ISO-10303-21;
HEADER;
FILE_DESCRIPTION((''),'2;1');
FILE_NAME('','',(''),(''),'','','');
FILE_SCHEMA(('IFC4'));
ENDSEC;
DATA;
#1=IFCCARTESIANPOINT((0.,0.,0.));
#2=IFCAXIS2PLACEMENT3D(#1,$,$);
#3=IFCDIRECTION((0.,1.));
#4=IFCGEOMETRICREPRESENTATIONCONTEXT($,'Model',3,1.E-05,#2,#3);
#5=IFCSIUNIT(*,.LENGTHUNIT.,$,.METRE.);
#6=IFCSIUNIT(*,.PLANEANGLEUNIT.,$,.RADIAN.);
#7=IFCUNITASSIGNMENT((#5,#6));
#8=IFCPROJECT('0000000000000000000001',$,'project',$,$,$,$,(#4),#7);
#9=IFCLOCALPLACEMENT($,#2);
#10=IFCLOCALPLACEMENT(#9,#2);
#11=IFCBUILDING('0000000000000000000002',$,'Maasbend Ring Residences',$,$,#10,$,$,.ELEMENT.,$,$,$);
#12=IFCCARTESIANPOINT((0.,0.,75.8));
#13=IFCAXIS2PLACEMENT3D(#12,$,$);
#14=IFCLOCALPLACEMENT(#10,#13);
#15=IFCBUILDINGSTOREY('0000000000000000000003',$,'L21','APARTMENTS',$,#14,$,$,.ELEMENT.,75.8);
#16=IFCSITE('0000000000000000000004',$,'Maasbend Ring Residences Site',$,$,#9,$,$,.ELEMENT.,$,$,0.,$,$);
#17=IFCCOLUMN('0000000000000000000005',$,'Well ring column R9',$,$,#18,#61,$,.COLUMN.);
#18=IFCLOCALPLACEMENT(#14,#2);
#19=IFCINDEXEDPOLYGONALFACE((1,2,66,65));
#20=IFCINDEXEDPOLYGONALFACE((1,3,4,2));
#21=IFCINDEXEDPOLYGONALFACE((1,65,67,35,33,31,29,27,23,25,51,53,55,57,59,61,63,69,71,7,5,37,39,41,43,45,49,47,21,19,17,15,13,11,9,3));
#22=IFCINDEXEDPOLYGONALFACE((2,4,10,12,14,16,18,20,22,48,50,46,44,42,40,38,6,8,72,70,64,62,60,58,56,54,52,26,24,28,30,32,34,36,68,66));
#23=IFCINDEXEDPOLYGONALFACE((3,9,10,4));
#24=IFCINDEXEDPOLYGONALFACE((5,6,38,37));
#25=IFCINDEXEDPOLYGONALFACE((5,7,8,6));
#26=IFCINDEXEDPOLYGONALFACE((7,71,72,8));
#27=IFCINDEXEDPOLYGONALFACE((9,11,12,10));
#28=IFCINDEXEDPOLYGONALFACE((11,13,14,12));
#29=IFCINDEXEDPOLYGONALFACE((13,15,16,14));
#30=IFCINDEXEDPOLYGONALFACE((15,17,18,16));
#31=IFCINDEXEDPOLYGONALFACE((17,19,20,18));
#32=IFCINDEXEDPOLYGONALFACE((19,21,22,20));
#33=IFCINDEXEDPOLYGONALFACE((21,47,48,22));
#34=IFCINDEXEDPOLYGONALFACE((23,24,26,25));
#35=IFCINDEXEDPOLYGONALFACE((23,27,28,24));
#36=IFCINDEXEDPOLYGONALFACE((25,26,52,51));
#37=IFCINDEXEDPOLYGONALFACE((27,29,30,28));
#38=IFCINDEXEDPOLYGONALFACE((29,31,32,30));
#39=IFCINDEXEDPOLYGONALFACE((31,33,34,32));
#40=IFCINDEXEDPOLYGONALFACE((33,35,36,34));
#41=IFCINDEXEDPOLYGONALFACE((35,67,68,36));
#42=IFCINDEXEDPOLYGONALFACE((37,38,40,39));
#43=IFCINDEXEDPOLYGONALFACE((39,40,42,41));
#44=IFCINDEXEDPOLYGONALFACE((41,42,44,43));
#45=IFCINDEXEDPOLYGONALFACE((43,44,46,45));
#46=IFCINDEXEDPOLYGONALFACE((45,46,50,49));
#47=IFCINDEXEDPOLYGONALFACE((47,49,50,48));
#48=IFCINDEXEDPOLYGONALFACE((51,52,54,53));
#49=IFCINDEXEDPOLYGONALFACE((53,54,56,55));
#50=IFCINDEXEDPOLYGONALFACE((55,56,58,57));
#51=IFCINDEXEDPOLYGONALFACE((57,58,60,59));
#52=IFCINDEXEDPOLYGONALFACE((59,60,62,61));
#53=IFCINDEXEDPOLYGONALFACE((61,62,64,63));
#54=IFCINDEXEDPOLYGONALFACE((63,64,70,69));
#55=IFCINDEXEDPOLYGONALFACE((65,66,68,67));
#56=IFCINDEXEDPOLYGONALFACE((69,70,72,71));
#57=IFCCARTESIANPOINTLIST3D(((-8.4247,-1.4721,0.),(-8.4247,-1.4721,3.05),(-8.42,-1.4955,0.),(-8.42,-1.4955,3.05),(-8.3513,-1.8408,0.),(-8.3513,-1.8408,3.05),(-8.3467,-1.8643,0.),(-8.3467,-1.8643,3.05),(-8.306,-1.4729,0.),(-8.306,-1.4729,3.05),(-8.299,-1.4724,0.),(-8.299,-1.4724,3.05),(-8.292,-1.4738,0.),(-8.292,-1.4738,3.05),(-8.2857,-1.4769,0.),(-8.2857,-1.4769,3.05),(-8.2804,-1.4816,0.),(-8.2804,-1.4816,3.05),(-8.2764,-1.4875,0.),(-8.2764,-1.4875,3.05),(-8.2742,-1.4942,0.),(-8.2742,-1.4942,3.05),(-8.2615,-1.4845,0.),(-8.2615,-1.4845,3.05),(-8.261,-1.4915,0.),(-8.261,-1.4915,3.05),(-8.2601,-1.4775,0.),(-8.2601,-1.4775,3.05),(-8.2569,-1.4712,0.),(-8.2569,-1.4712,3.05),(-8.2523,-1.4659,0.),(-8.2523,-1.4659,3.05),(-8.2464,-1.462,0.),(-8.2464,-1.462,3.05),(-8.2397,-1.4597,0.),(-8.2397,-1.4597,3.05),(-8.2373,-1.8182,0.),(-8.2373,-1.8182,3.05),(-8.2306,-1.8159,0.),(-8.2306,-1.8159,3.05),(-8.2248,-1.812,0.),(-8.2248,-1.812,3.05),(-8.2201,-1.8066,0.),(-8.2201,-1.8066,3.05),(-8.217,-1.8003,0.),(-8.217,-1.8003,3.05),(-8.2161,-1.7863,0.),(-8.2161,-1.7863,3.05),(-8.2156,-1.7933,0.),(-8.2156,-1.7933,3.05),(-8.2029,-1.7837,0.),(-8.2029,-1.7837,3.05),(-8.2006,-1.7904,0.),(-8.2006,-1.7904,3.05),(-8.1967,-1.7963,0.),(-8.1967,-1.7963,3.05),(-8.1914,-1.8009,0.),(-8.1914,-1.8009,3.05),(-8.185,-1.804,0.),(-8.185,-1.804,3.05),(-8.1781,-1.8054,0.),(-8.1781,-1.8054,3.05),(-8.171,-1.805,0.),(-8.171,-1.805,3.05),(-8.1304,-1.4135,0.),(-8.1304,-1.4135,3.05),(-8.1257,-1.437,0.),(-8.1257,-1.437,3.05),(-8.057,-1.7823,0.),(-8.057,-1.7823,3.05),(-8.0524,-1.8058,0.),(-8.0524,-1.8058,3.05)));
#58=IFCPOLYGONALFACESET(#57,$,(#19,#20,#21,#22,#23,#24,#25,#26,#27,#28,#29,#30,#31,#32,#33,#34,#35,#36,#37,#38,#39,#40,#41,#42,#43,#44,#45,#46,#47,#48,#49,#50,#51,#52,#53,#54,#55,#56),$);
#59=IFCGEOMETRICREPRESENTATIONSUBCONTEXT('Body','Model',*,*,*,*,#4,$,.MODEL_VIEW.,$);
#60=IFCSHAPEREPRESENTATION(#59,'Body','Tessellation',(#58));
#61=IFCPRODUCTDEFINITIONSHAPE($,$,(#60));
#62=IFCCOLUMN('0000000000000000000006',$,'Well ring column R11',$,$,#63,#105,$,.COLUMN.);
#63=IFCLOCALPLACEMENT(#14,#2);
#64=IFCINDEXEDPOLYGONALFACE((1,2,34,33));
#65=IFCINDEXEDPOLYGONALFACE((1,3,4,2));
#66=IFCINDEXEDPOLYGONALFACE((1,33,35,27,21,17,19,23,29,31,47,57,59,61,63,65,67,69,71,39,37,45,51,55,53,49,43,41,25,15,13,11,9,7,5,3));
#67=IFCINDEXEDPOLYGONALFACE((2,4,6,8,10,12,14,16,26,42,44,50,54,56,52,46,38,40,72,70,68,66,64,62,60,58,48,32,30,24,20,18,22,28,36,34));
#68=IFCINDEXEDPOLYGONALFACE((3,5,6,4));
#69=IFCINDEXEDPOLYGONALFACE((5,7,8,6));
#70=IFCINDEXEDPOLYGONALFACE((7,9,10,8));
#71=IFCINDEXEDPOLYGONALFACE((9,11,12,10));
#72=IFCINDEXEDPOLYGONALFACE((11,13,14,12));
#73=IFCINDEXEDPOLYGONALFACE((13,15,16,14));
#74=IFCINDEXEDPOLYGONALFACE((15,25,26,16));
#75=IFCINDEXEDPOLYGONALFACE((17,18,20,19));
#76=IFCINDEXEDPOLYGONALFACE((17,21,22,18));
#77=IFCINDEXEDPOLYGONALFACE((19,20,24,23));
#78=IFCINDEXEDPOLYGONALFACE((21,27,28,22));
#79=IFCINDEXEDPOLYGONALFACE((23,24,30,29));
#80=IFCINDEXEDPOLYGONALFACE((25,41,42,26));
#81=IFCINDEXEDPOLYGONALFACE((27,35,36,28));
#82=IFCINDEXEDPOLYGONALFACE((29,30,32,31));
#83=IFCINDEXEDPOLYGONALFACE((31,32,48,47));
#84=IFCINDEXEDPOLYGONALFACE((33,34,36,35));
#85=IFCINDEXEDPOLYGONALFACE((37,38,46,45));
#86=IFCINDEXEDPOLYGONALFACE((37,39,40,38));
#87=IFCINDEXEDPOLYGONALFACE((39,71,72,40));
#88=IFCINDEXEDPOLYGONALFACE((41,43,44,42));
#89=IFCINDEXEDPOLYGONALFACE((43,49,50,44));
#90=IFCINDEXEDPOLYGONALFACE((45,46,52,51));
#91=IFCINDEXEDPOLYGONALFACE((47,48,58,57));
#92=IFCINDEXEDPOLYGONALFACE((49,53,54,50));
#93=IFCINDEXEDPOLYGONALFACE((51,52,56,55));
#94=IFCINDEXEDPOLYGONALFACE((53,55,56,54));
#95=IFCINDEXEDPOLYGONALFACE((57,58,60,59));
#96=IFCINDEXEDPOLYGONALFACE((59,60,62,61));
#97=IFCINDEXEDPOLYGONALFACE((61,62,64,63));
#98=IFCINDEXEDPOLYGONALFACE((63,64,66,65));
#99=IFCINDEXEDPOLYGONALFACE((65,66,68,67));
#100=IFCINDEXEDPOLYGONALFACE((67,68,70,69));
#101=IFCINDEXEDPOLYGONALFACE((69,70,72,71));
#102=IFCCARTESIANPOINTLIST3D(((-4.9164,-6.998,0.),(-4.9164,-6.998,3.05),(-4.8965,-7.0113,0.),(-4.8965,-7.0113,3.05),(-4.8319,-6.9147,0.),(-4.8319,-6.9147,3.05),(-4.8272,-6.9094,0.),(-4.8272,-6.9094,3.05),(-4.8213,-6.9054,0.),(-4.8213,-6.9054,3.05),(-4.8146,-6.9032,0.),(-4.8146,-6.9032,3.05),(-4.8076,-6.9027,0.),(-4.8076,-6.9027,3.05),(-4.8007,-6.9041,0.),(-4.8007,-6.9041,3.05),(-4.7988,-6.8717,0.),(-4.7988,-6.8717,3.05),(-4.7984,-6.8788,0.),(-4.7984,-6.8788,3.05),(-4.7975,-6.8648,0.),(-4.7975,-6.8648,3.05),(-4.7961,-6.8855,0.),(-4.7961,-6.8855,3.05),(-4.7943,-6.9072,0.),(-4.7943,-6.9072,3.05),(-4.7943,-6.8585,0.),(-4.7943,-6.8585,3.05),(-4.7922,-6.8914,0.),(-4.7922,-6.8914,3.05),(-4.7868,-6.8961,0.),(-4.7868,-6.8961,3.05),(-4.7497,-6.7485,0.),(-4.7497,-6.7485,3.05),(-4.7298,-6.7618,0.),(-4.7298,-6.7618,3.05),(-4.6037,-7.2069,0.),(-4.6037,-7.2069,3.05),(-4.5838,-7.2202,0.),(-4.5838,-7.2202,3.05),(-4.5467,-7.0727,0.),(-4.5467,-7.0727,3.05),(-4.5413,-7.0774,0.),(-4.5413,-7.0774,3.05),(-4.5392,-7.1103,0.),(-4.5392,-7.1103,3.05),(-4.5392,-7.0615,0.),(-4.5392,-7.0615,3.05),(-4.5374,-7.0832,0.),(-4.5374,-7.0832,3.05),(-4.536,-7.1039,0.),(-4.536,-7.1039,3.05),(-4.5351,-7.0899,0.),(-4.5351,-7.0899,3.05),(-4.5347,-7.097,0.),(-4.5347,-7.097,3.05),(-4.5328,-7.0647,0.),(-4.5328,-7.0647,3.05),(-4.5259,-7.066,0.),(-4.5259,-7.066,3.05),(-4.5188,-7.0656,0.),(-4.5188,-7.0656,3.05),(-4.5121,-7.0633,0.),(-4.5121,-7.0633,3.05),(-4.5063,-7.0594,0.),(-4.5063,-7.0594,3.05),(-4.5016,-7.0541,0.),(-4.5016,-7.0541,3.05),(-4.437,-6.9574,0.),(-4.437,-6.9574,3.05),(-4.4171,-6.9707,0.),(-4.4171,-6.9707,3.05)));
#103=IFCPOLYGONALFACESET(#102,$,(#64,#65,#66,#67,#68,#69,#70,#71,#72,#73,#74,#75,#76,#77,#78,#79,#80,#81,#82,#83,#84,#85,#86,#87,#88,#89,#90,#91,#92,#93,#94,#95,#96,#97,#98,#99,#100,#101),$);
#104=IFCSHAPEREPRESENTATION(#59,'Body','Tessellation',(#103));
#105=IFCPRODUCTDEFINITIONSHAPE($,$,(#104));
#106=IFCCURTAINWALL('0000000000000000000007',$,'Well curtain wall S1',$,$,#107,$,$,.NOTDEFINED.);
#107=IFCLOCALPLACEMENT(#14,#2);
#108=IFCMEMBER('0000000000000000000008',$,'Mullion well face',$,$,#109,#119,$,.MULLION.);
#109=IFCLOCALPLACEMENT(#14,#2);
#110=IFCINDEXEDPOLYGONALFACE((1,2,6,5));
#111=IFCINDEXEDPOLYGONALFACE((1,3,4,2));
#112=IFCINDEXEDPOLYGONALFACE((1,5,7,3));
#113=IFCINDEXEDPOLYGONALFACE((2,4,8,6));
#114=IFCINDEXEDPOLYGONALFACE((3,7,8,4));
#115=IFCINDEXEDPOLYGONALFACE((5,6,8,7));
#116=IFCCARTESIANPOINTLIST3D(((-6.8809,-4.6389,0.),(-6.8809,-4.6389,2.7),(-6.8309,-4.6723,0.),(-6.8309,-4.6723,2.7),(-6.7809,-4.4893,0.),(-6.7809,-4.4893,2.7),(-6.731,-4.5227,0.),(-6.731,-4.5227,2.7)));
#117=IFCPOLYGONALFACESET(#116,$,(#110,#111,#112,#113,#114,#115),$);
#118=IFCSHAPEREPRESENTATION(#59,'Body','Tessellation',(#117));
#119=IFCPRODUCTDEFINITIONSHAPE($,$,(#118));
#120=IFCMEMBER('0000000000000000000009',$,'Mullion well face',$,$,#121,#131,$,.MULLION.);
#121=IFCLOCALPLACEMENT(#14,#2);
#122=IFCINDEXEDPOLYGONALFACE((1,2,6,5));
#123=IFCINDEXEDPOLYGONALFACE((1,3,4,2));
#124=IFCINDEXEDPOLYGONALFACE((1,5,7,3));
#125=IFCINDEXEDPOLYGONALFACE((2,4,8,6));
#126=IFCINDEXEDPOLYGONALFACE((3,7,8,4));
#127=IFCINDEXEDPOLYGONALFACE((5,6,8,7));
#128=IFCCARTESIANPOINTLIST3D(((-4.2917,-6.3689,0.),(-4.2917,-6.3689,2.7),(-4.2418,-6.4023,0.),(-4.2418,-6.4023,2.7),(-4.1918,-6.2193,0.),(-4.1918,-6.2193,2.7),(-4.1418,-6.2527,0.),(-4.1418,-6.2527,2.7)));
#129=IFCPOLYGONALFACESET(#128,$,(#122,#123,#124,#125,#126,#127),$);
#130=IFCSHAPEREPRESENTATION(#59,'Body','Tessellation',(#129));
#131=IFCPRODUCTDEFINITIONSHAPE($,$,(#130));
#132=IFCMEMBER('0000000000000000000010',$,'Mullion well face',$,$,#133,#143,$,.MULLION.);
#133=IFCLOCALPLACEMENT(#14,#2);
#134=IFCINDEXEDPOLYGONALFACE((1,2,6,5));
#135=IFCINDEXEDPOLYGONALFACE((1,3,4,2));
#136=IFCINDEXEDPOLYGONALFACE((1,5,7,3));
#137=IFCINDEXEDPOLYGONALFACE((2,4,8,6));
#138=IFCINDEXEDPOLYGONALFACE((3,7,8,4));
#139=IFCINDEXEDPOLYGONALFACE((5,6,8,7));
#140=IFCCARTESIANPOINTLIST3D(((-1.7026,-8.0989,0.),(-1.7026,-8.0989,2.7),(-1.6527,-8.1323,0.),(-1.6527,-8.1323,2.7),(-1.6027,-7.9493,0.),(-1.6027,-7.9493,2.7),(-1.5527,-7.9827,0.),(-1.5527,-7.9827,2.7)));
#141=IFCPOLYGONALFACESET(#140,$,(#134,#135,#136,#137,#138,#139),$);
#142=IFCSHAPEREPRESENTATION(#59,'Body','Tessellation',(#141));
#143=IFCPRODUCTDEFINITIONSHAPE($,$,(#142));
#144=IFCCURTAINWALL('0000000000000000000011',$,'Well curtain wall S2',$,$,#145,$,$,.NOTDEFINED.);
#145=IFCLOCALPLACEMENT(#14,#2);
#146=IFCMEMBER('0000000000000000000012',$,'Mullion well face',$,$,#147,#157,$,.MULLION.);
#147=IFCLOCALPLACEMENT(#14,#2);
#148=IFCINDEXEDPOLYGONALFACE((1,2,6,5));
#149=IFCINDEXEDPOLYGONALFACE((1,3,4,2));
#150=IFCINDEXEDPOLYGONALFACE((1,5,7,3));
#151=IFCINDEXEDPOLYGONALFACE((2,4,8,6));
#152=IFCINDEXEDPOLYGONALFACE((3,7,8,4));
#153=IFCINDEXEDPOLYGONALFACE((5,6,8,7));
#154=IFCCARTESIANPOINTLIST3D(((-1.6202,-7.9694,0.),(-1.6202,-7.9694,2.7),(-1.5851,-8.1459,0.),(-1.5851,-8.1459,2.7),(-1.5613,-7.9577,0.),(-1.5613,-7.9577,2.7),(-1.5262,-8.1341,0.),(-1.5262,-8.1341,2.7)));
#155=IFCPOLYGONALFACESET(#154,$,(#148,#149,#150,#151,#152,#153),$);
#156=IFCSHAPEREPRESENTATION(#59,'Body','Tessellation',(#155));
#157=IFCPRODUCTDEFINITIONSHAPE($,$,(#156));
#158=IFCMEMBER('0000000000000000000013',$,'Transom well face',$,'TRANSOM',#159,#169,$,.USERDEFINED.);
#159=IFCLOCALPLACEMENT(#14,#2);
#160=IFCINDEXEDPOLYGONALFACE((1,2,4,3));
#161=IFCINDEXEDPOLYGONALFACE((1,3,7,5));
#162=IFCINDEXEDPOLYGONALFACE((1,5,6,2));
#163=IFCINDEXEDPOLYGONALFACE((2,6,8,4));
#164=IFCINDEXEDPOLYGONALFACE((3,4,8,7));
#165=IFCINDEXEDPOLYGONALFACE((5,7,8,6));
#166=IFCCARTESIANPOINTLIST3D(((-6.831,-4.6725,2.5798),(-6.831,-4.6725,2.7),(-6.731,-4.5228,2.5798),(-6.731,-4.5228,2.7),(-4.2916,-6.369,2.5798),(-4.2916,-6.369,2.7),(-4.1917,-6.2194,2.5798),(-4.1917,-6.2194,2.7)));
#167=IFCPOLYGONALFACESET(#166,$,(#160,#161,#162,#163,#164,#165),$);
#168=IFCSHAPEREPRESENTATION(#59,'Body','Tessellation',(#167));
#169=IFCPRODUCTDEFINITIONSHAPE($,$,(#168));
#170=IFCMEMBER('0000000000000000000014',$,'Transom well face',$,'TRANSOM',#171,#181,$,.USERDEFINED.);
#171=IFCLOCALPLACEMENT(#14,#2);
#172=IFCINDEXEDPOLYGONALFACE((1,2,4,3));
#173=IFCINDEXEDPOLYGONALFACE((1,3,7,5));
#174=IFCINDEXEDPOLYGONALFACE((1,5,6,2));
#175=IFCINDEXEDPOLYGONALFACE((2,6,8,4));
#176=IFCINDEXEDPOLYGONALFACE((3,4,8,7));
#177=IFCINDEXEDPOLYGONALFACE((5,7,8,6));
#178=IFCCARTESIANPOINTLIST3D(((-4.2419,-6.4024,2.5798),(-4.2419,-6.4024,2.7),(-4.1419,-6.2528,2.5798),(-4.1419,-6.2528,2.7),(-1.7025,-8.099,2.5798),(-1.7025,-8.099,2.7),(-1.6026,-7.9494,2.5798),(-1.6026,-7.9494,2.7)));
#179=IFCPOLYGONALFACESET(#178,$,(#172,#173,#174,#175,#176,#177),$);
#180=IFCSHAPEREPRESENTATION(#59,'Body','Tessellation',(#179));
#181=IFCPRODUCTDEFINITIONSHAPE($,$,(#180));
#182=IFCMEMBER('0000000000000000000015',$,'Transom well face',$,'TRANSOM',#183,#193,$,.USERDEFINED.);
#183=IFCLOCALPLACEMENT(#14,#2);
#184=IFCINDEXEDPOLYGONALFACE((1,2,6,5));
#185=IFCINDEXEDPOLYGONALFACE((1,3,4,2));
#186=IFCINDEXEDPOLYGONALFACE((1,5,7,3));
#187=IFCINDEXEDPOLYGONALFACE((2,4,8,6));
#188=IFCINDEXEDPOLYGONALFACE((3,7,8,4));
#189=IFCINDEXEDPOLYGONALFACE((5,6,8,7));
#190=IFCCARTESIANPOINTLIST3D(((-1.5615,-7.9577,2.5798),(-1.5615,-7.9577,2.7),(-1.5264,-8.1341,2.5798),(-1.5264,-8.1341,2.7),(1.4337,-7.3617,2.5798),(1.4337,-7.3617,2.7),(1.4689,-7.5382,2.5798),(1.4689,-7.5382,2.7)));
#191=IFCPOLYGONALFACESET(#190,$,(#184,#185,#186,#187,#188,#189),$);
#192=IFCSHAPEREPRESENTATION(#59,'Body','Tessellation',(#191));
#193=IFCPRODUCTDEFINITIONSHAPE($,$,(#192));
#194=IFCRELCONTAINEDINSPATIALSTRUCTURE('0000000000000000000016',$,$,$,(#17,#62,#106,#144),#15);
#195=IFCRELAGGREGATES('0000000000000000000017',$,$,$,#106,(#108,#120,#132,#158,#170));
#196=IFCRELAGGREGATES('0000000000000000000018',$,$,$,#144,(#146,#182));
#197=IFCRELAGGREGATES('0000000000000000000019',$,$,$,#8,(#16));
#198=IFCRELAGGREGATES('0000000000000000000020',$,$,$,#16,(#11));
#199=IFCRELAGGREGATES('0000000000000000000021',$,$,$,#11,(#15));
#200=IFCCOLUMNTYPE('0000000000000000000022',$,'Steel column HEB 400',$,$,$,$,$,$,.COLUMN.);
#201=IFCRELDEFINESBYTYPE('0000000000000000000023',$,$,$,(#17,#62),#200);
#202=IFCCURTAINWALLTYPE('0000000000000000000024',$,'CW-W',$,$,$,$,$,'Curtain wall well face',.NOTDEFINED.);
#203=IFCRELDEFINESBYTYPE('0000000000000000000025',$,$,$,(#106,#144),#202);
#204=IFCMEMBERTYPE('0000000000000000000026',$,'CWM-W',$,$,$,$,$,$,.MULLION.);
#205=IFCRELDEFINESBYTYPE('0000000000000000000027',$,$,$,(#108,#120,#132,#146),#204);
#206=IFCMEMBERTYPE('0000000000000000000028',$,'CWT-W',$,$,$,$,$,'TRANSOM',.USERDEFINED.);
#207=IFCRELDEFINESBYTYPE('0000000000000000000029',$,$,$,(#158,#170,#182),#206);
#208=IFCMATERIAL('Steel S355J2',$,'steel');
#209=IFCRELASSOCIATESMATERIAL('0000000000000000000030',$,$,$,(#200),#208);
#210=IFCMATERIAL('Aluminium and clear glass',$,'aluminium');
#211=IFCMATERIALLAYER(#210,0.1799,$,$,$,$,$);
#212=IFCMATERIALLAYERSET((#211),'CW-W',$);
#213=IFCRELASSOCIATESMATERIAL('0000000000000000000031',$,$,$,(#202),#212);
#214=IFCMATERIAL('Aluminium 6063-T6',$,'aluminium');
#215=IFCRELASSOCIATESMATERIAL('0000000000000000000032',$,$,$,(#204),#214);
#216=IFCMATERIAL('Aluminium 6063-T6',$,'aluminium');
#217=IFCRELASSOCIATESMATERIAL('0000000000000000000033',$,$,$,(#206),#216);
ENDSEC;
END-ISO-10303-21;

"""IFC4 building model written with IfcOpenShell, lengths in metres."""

from ifc_helpers import new_model, si_unit, direction, frame, origin, origin_2d, place, context, subcontext, project, spatial, rectangle, i_section, extrude, material, layer, layer_set, material_profile, profile_set, type_object, element, aggregate, save


model = new_model("IFC4")

# Units and contexts
model_context = context("Model", 3, precision=1e-05, world=origin(), true_north=direction((0.0, 1.0)))
body_context = subcontext(model_context, "Body", "Model", "MODEL_VIEW")
ifc_project = project(units=[si_unit("LENGTHUNIT", "METRE"), si_unit("PLANEANGLEUNIT", "RADIAN")], contexts=[model_context])

# Site, building, storey
site_placement = place(None, origin())
site = spatial("IfcSite", under=ifc_project, at=site_placement, Name="Maasbend Ring Residences Site", CompositionType="ELEMENT", RefElevation=0.0)
building_placement = place(site_placement, origin())
building = spatial("IfcBuilding", under=site, at=building_placement, Name="Maasbend Ring Residences", CompositionType="ELEMENT")
storey_placement = place(building_placement, frame((0.0, 0.0, 75.8)))
storey = spatial("IfcBuildingStorey", under=building, at=storey_placement, Name="L21", Description="APARTMENTS", CompositionType="ELEMENT", Elevation=75.8)

# Columns
ifc_material_1 = material(Name="Steel S355J2", Category="steel")
ifc_material_profile_1 = material_profile(ifc_material_1, i_section(OverallWidth=0.3, OverallDepth=0.3999, WebThickness=0.0134, FlangeThickness=0.0239, FilletRadius=0.0271, at=origin_2d()), Name="HEB 400")
ifc_profile_set_1 = profile_set([ifc_material_profile_1], Name="Steel S355J2")
column_type = type_object("IfcColumnType", Name="Steel column HEB 400", PredefinedType="COLUMN", material=ifc_profile_set_1)
for number, where, z_axis, x_axis, name in (
    (1, (-8.2385, -1.6389, 0.0), (0.0, 0.0, 1.0), (-0.980785, -0.19509, 0.0), "Well ring column R9"),
    (2, (-4.6667, -6.9844, 0.0), (0.0, 0.0, 1.0), (-0.55557, -0.83147, 0.0), "Well ring column R11"),
):
    element("IfcColumn", number, at=place(storey_placement, frame(where, z_axis=z_axis, x_axis=x_axis)), inside=storey, type_object=column_type, Name=name, PredefinedType="COLUMN", context=body_context, shape_type="SweptSolid", body=[
        extrude(i_section(OverallWidth=0.3, OverallDepth=0.3999, WebThickness=0.0134, FlangeThickness=0.0239, FilletRadius=0.0271, at=origin_2d()), origin(), (0.0, 0.0, 1.0), 3.05),
    ])

# Curtain wall, members
ifc_material_2 = material(Name="Aluminium and clear glass", Category="aluminium")
ifc_layer_1 = layer(ifc_material_2, 0.1799)
ifc_layer_set_1 = layer_set([ifc_layer_1], Name="CW-W")
curtain_wall_type = type_object("IfcCurtainWallType", Name="CW-W", ElementType="Curtain wall well face", PredefinedType="NOTDEFINED", material=ifc_layer_set_1)
curtain_wall_1_placement = place(storey_placement, origin())
curtain_wall_1 = element("IfcCurtainWall", 3, at=curtain_wall_1_placement, inside=storey, type_object=curtain_wall_type, Name="Well curtain wall S1", PredefinedType="NOTDEFINED")
ifc_material_3 = material(Name="Aluminium 6063-T6", Category="aluminium")
ifc_material_profile_2 = material_profile(ifc_material_3, rectangle(XDim=0.1799, YDim=0.0601, at=origin_2d()), Name="AL 180x60")
ifc_profile_set_2 = profile_set([ifc_material_profile_2], Name="Aluminium 6063-T6")
member_type_1 = type_object("IfcMemberType", Name="CWM-W", PredefinedType="MULLION", material=ifc_profile_set_2)
member_1_placement = place(storey_placement, frame((-6.8059, -4.5808, 0.0), z_axis=(0.0, 0.0, 1.0), x_axis=(0.55557, 0.83147, 0.0)))
member_1 = element("IfcMember", 4, at=member_1_placement, type_object=member_type_1, Name="Mullion well face", PredefinedType="MULLION", context=body_context, shape_type="SweptSolid", body=[
    extrude(rectangle(XDim=0.1799, YDim=0.0601, at=origin_2d()), origin(), (0.0, 0.0, 1.0), 2.7),
])
member_2_placement = place(storey_placement, frame((-4.2168, -6.3108, 0.0), z_axis=(0.0, 0.0, 1.0), x_axis=(0.55557, 0.83147, 0.0)))
member_2 = element("IfcMember", 5, at=member_2_placement, type_object=member_type_1, Name="Mullion well face", PredefinedType="MULLION", context=body_context, shape_type="SweptSolid", body=[
    extrude(rectangle(XDim=0.1799, YDim=0.0601, at=origin_2d()), origin(), (0.0, 0.0, 1.0), 2.7),
])
member_3_placement = place(storey_placement, frame((-1.6277, -8.0408, 0.0), z_axis=(0.0, 0.0, 1.0), x_axis=(0.55557, 0.83147, 0.0)))
member_3 = element("IfcMember", 6, at=member_3_placement, type_object=member_type_1, Name="Mullion well face", PredefinedType="MULLION", context=body_context, shape_type="SweptSolid", body=[
    extrude(rectangle(XDim=0.1799, YDim=0.0601, at=origin_2d()), origin(), (0.0, 0.0, 1.0), 2.7),
])

# Curtain wall, member
curtain_wall_2_placement = place(storey_placement, origin())
curtain_wall_2 = element("IfcCurtainWall", 7, at=curtain_wall_2_placement, inside=storey, type_object=curtain_wall_type, Name="Well curtain wall S2", PredefinedType="NOTDEFINED")
member_4_placement = place(storey_placement, frame((-1.5732, -8.0518, 0.0), z_axis=(0.0, 0.0, 1.0), x_axis=(-0.19509, 0.980785, 0.0)))
member_4 = element("IfcMember", 8, at=member_4_placement, type_object=member_type_1, Name="Mullion well face", PredefinedType="MULLION", context=body_context, shape_type="SweptSolid", body=[
    extrude(rectangle(XDim=0.1799, YDim=0.0601, at=origin_2d()), origin(), (0.0, 0.0, 1.0), 2.7),
])

# Members
ifc_material_4 = material(Name="Aluminium 6063-T6", Category="aluminium")
ifc_material_profile_3 = material_profile(ifc_material_4, rectangle(XDim=0.1799, YDim=0.1201, at=origin_2d()), Name="AL 180x120")
ifc_profile_set_3 = profile_set([ifc_material_profile_3], Name="Aluminium 6063-T6")
member_type_2 = type_object("IfcMemberType", Name="CWT-W", ElementType="TRANSOM", PredefinedType="USERDEFINED", material=ifc_profile_set_3)
member_5_placement = place(storey_placement, frame((-6.781, -4.5977, 2.6399), z_axis=(0.831496, -0.55553, 0.0), x_axis=(0.55553, 0.831496, 0.0)))
member_5 = element("IfcMember", 9, at=member_5_placement, type_object=member_type_2, Name="Transom well face", ObjectType="TRANSOM", PredefinedType="USERDEFINED", context=body_context, shape_type="SweptSolid", body=[
    extrude(rectangle(XDim=0.1799, YDim=0.1201, at=origin_2d()), origin(), (0.0, 0.0, 1.0), 3.054),
])
member_6_placement = place(storey_placement, frame((-4.1919, -6.3276, 2.6399), z_axis=(0.831496, -0.55553, 0.0), x_axis=(0.55553, 0.831496, 0.0)))
member_6 = element("IfcMember", 10, at=member_6_placement, type_object=member_type_2, Name="Transom well face", ObjectType="TRANSOM", PredefinedType="USERDEFINED", context=body_context, shape_type="SweptSolid", body=[
    extrude(rectangle(XDim=0.1799, YDim=0.1201, at=origin_2d()), origin(), (0.0, 0.0, 1.0), 3.054),
])
member_7_placement = place(storey_placement, frame((-1.5439, -8.0459, 2.6399), z_axis=(0.980777, 0.195132, 0.0), x_axis=(-0.195132, 0.980777, 0.0)))
member_7 = element("IfcMember", 11, at=member_7_placement, type_object=member_type_2, Name="Transom well face", ObjectType="TRANSOM", PredefinedType="USERDEFINED", context=body_context, shape_type="SweptSolid", body=[
    extrude(rectangle(XDim=0.1799, YDim=0.1201, at=origin_2d()), origin(), (0.0, 0.0, 1.0), 3.054),
])

aggregate(curtain_wall_1, [member_1, member_2, member_3, member_5, member_6])
aggregate(curtain_wall_2, [member_4, member_7])

save(model, "model.ifc")
